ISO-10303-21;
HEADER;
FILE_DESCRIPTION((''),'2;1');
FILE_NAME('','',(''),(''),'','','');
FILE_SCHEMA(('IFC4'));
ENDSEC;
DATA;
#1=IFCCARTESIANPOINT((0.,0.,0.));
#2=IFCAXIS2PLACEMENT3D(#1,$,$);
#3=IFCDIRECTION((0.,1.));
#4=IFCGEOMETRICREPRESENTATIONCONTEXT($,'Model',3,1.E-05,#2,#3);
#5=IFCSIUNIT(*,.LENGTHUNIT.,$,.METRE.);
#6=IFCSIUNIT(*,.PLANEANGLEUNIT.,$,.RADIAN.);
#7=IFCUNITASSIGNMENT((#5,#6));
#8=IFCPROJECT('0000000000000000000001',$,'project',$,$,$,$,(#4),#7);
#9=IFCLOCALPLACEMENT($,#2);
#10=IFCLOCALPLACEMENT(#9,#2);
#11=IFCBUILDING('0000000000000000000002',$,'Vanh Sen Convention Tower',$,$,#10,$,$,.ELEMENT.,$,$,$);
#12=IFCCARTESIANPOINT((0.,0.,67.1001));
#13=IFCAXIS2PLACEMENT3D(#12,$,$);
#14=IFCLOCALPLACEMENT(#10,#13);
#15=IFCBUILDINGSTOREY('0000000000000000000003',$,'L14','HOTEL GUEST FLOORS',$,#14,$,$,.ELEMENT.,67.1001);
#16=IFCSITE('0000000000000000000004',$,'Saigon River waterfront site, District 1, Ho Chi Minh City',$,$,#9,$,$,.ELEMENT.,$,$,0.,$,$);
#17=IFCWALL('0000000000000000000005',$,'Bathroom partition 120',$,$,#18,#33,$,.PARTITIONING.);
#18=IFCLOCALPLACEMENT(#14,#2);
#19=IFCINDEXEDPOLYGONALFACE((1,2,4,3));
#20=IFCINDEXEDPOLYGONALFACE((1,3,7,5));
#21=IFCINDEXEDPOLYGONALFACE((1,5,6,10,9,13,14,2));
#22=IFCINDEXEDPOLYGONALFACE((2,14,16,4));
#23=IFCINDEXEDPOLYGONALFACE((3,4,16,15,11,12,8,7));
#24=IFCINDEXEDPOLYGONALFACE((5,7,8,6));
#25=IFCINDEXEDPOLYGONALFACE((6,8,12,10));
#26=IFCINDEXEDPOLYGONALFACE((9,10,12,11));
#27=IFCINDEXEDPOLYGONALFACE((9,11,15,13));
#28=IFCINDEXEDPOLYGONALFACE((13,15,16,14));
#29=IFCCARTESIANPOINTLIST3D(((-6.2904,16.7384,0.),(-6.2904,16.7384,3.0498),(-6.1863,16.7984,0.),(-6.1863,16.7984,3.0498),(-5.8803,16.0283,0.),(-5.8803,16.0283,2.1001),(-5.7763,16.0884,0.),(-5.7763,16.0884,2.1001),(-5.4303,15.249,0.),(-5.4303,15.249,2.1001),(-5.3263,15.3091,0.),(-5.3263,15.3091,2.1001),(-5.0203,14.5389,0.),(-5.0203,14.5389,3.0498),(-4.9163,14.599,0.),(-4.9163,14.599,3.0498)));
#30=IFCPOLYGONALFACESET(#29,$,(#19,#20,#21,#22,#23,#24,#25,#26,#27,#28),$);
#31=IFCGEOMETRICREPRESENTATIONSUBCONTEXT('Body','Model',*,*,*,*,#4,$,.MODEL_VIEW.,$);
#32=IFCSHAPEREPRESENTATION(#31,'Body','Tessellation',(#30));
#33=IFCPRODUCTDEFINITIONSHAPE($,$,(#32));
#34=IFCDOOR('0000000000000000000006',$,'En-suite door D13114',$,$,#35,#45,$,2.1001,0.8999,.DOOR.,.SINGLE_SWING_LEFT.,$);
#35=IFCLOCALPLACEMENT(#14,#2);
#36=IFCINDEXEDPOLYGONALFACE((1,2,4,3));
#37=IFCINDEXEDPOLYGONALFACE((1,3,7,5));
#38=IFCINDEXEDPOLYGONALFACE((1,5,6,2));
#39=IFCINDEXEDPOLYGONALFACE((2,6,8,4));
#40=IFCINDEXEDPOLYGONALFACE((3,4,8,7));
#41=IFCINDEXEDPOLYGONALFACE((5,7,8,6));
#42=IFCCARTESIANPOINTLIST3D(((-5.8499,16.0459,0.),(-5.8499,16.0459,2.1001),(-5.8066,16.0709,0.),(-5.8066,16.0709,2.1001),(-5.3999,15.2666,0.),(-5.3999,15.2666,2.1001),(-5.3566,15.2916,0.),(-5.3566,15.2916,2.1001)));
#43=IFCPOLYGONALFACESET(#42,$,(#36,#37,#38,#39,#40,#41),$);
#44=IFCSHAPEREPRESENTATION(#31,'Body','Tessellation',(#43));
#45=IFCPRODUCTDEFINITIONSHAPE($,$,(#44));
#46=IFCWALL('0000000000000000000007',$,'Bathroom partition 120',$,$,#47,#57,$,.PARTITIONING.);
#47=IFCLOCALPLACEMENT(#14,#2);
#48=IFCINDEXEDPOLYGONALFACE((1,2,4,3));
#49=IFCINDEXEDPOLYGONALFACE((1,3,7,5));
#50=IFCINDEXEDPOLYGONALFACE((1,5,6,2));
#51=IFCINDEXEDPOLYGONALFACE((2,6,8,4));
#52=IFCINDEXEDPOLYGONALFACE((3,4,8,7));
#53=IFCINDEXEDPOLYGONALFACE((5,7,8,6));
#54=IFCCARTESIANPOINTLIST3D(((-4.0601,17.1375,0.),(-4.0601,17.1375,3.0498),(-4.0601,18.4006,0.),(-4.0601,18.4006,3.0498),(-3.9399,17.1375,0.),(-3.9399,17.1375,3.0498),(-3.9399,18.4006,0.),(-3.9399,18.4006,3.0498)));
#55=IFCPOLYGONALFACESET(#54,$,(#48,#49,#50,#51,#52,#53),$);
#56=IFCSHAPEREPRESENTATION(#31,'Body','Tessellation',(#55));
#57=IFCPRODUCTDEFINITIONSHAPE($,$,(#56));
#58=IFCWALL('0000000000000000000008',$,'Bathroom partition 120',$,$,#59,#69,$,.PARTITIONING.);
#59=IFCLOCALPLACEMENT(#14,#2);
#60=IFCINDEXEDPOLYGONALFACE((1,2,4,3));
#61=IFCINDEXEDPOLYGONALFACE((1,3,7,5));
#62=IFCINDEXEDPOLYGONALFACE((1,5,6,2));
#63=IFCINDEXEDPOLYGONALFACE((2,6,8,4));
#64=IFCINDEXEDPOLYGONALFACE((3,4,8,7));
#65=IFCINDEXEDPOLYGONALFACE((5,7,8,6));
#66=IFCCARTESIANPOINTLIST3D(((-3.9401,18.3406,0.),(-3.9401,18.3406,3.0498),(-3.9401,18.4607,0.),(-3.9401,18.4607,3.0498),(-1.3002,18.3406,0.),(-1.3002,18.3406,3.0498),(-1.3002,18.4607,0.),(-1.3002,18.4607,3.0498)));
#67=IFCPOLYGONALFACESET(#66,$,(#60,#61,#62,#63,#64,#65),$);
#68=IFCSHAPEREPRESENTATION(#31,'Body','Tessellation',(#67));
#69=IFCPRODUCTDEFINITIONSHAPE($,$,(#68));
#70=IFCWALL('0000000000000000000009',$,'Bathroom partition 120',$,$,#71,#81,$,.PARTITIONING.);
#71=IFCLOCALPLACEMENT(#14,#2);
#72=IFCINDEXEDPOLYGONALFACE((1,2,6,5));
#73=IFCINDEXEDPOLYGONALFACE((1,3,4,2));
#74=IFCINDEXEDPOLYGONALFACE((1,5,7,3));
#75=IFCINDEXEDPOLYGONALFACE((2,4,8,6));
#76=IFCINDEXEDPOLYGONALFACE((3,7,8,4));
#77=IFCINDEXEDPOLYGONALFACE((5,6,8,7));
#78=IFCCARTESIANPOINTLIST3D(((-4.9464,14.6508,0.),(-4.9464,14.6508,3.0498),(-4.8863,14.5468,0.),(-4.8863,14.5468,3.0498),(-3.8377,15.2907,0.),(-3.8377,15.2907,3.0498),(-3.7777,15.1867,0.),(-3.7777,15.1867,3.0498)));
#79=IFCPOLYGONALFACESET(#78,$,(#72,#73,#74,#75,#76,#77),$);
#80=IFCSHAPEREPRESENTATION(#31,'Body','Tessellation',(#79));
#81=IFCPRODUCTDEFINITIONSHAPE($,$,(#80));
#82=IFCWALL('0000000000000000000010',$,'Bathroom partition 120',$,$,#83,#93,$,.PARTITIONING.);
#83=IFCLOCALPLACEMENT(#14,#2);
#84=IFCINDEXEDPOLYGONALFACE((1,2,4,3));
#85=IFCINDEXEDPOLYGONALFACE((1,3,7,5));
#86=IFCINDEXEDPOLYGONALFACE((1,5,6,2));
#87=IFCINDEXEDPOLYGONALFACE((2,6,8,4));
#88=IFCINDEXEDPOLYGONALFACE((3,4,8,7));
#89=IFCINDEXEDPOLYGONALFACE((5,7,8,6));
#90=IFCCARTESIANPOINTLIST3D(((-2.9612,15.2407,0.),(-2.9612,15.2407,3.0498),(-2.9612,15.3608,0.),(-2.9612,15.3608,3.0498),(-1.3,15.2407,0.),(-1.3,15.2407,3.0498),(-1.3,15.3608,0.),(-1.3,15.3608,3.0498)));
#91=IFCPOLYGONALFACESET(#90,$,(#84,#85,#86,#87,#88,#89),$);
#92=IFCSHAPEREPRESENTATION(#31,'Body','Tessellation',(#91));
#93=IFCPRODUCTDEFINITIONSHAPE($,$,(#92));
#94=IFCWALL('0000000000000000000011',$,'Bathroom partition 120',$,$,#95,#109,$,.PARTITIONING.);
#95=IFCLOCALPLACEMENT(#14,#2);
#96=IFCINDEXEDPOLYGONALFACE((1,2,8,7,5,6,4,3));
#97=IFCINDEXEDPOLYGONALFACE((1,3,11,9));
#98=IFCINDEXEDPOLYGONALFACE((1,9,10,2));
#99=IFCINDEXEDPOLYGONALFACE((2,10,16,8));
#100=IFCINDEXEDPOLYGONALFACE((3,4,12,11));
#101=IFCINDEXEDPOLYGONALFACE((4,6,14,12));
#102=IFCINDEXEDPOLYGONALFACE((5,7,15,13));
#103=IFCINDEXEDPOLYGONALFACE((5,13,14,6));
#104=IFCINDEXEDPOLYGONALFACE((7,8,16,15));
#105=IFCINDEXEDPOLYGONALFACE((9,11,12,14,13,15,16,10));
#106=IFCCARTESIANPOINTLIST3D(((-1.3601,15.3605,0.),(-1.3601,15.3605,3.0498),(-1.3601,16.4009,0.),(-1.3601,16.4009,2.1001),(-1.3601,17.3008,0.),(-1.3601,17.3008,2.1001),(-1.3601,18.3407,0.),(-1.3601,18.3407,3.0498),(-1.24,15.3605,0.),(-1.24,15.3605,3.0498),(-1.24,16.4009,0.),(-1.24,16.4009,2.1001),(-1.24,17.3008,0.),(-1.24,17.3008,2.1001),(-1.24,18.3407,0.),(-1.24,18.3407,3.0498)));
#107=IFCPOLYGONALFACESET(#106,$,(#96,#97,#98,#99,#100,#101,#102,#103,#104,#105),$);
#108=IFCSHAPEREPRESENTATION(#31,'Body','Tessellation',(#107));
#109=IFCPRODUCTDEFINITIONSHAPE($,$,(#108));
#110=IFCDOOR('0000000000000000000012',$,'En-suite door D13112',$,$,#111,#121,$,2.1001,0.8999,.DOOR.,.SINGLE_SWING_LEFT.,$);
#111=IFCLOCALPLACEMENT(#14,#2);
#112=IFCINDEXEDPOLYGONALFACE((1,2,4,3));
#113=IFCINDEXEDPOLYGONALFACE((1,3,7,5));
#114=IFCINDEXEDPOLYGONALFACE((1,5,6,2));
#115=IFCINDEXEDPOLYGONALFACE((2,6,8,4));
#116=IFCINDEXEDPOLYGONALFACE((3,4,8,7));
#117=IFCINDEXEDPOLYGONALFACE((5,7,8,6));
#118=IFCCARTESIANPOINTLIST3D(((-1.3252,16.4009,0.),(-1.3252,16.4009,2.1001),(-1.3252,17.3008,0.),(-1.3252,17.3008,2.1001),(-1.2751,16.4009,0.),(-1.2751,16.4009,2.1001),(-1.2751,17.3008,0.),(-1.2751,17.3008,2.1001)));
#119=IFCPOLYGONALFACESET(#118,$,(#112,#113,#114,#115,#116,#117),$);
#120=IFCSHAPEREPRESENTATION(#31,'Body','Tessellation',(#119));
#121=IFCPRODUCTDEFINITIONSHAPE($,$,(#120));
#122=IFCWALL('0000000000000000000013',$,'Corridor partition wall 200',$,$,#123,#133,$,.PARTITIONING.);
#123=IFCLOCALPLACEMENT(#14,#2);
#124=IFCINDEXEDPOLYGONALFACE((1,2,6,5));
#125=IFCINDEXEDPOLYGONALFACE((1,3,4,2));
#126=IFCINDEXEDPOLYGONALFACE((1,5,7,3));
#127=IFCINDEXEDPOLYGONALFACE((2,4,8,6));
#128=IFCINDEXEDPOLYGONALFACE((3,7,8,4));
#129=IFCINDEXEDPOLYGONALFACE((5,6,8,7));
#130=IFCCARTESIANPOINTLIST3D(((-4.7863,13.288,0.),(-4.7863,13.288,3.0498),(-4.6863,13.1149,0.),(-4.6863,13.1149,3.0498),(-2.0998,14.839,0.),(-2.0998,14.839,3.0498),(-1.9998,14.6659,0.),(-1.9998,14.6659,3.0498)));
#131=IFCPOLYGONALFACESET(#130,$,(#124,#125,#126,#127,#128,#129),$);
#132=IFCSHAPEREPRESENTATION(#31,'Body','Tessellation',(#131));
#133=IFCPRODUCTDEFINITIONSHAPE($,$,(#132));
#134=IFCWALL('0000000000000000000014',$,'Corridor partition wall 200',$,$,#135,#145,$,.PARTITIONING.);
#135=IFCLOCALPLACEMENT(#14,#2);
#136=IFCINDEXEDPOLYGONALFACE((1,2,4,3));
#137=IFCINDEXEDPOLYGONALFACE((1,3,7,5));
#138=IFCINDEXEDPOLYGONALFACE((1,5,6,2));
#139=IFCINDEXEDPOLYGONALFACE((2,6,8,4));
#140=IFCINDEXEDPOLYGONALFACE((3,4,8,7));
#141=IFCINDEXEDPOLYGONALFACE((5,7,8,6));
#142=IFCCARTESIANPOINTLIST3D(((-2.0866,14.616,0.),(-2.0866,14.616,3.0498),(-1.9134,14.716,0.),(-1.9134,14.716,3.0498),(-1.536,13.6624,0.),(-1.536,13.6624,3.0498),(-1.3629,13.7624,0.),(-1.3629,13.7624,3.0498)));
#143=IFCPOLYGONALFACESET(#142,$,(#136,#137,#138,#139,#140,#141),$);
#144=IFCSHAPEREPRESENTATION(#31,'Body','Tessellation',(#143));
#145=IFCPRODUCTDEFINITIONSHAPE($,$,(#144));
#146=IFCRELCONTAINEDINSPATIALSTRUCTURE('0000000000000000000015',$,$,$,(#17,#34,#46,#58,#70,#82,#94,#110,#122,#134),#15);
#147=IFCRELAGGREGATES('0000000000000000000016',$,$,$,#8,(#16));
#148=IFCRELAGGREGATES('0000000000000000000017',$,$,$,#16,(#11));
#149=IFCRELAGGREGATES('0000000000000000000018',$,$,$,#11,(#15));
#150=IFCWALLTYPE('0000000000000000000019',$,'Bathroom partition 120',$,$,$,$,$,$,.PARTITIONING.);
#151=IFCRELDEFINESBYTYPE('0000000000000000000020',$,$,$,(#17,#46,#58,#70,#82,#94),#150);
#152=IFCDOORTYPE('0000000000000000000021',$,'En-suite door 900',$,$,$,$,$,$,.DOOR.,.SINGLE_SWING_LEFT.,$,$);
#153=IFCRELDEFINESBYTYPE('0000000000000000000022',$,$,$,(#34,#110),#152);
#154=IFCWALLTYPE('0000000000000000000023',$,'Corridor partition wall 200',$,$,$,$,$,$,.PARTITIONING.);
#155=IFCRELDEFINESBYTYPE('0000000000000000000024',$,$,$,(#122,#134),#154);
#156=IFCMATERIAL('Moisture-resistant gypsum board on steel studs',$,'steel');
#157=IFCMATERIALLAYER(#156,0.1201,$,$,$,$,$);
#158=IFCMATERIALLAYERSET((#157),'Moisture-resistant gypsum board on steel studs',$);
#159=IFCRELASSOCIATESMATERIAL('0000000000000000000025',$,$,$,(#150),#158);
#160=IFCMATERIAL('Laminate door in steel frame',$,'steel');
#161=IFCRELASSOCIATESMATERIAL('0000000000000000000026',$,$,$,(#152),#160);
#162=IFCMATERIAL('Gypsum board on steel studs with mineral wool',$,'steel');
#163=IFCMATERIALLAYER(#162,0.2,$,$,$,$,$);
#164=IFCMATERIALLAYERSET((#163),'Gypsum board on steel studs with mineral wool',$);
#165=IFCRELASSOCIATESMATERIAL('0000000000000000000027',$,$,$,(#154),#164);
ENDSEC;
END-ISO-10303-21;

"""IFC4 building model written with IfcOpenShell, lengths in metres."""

from ifc_helpers import new_model, si_unit, direction, frame, frame_2d, origin, place, context, subcontext, project, spatial, rectangle, extrude, material, layer, layer_set, type_object, element, fill, save


model = new_model("IFC4")

# Units and contexts
model_context = context("Model", 3, precision=1e-05, world=origin(), true_north=direction((0.0, 1.0)))
body_context = subcontext(model_context, "Body", "Model", "MODEL_VIEW")
ifc_project = project(units=[si_unit("LENGTHUNIT", "METRE"), si_unit("PLANEANGLEUNIT", "RADIAN")], contexts=[model_context])

# Site, building, storey
site_placement = place(None, origin())
site = spatial("IfcSite", under=ifc_project, at=site_placement, Name="Saigon River waterfront site, District 1, Ho Chi Minh City", CompositionType="ELEMENT", RefElevation=0.0)
building_placement = place(site_placement, origin())
building = spatial("IfcBuilding", under=site, at=building_placement, Name="Vanh Sen Convention Tower", CompositionType="ELEMENT")
storey_placement = place(building_placement, frame((0.0, 0.0, 67.1001)))
storey = spatial("IfcBuildingStorey", under=building, at=storey_placement, Name="L14", Description="HOTEL GUEST FLOORS", CompositionType="ELEMENT", Elevation=67.1001)

# Shared definitions
ifc_material_1 = material(Name="Moisture-resistant gypsum board on steel studs", Category="steel")
ifc_layer_1 = layer(ifc_material_1, 0.1201)
ifc_layer_set_1 = layer_set([ifc_layer_1], Name="Moisture-resistant gypsum board on steel studs")
wall_type_1 = type_object("IfcWallType", Name="Bathroom partition 120", PredefinedType="PARTITIONING", material=ifc_layer_set_1)

# Wall, opening, door
wall_1_placement = place(storey_placement, frame((-4.9683, 14.5688, 0.0), z_axis=(0.0, 0.0, 1.0), x_axis=(-0.500047, 0.865998, 0.0)))
wall_1 = element("IfcWall", 1, at=wall_1_placement, inside=storey, type_object=wall_type_1, Name="Bathroom partition 120", PredefinedType="PARTITIONING", context=body_context, shape_type="SweptSolid", body=[
    extrude(rectangle(XDim=2.5398, YDim=0.1201, at=frame_2d((1.27, 0.0))), origin(), (0.0, 0.0, 1.0), 3.0498),
])
opening_1_placement = place(wall_1_placement, frame((0.8201, 0.0, 0.0)))
opening_1 = element("IfcOpeningElement", 2, at=opening_1_placement, cuts=wall_1, PredefinedType="OPENING", context=body_context, shape_type="SweptSolid", body=[
    extrude(rectangle(XDim=0.8999, YDim=2.1001, at=frame_2d((0.45, 1.05))), frame((0.0, 0.0701, 0.0), z_axis=(0.0, -1.0, 0.0), x_axis=(1.0, 0.0, 0.0)), (0.0, 0.0, 1.0), 0.1401),
])
ifc_material_2 = material(Name="Laminate door in steel frame", Category="steel")
door_type = type_object("IfcDoorType", Name="En-suite door 900", OperationType="SINGLE_SWING_LEFT", PredefinedType="DOOR", material=ifc_material_2)
door_1_placement = place(opening_1_placement, origin())
door_1 = element("IfcDoor", 3, at=door_1_placement, inside=storey, type_object=door_type, Name="En-suite door D13114", OperationType="SINGLE_SWING_LEFT", OverallHeight=2.1001, OverallWidth=0.8999, PredefinedType="DOOR", context=body_context, shape_type="SweptSolid", body=[
    extrude(rectangle(XDim=0.8999, YDim=2.1001, at=frame_2d((0.45, 1.05))), frame((0.0, 0.0249, 0.0), z_axis=(0.0, -1.0, 0.0), x_axis=(1.0, 0.0, 0.0)), (0.0, 0.0, 1.0), 0.05),
])
fill(opening_1, door_1)

# Walls
wall_2_placement = place(storey_placement, frame((-4.0, 17.1375, 0.0), z_axis=(0.0, 0.0, 1.0), x_axis=(0.0, 1.0, 0.0)))
element("IfcWall", 4, at=wall_2_placement, inside=storey, type_object=wall_type_1, Name="Bathroom partition 120", PredefinedType="PARTITIONING", context=body_context, shape_type="SweptSolid", body=[
    extrude(rectangle(XDim=1.2632, YDim=0.1201, at=frame_2d((0.6316, 0.0))), origin(), (0.0, 0.0, 1.0), 3.0498),
])
wall_3_placement = place(storey_placement, frame((-3.9399, 18.4006, 0.0), z_axis=(0.0, 0.0, 1.0), x_axis=(1.0, 0.0, 0.0)))
element("IfcWall", 5, at=wall_3_placement, inside=storey, type_object=wall_type_1, Name="Bathroom partition 120", PredefinedType="PARTITIONING", context=body_context, shape_type="SweptSolid", body=[
    extrude(rectangle(XDim=2.6399, YDim=0.1201, at=frame_2d((1.3198, 0.0))), origin(), (0.0, 0.0, 1.0), 3.0498),
])
wall_4_placement = place(storey_placement, frame((-3.8076, 15.2388, 0.0), z_axis=(0.0, 0.0, 1.0), x_axis=(-0.866087, -0.499893, 0.0)))
element("IfcWall", 6, at=wall_4_placement, inside=storey, type_object=wall_type_1, Name="Bathroom partition 120", PredefinedType="PARTITIONING", context=body_context, shape_type="SweptSolid", body=[
    extrude(rectangle(XDim=1.28, YDim=0.1201, at=frame_2d((0.6401, 0.0))), origin(), (0.0, 0.0, 1.0), 3.0498),
])
wall_5_placement = place(storey_placement, frame((-1.3, 15.3008, 0.0), z_axis=(0.0, 0.0, 1.0), x_axis=(-1.0, 0.0, 0.0)))
element("IfcWall", 7, at=wall_5_placement, inside=storey, type_object=wall_type_1, Name="Bathroom partition 120", PredefinedType="PARTITIONING", context=body_context, shape_type="SweptSolid", body=[
    extrude(rectangle(XDim=1.6611, YDim=0.1201, at=frame_2d((0.8306, 0.0))), origin(), (0.0, 0.0, 1.0), 3.0498),
])

# Wall, opening, door
wall_6_placement = place(storey_placement, frame((-1.3, 18.3408, 0.0), z_axis=(0.0, 0.0, 1.0), x_axis=(0.0, -1.0, 0.0)))
wall_6 = element("IfcWall", 8, at=wall_6_placement, inside=storey, type_object=wall_type_1, Name="Bathroom partition 120", PredefinedType="PARTITIONING", context=body_context, shape_type="SweptSolid", body=[
    extrude(rectangle(XDim=2.9802, YDim=0.1201, at=frame_2d((1.4902, 0.0))), origin(), (0.0, 0.0, 1.0), 3.0498),
])
opening_2_placement = place(wall_6_placement, frame((1.04, 0.0, 0.0)))
opening_2 = element("IfcOpeningElement", 9, at=opening_2_placement, cuts=wall_6, PredefinedType="OPENING", context=body_context, shape_type="SweptSolid", body=[
    extrude(rectangle(XDim=0.8999, YDim=2.1001, at=frame_2d((0.45, 1.05))), frame((0.0, 0.0701, 0.0), z_axis=(0.0, -1.0, 0.0), x_axis=(1.0, 0.0, 0.0)), (0.0, 0.0, 1.0), 0.1401),
])
door_2_placement = place(opening_2_placement, origin())
door_2 = element("IfcDoor", 10, at=door_2_placement, inside=storey, type_object=door_type, Name="En-suite door D13112", OperationType="SINGLE_SWING_LEFT", OverallHeight=2.1001, OverallWidth=0.8999, PredefinedType="DOOR", context=body_context, shape_type="SweptSolid", body=[
    extrude(rectangle(XDim=0.8999, YDim=2.1001, at=frame_2d((0.45, 1.05))), frame((0.0, 0.0249, 0.0), z_axis=(0.0, -1.0, 0.0), x_axis=(1.0, 0.0, 0.0)), (0.0, 0.0, 1.0), 0.05),
])
fill(opening_2, door_2)

# Walls
ifc_material_3 = material(Name="Gypsum board on steel studs with mineral wool", Category="steel")
ifc_layer_2 = layer(ifc_material_3, 0.2)
ifc_layer_set_2 = layer_set([ifc_layer_2], Name="Gypsum board on steel studs with mineral wool")
wall_type_2 = type_object("IfcWallType", Name="Corridor partition wall 200", PredefinedType="PARTITIONING", material=ifc_layer_set_2)
wall_7_placement = place(storey_placement, frame((-2.0498, 14.7524, 0.0), z_axis=(0.0, 0.0, 1.0), x_axis=(-0.866031, -0.49999, 0.0)))
element("IfcWall", 11, at=wall_7_placement, inside=storey, type_object=wall_type_2, Name="Corridor partition wall 200", PredefinedType="PARTITIONING", context=body_context, shape_type="SweptSolid", body=[
    extrude(rectangle(XDim=3.1021, YDim=0.2, at=frame_2d((1.551, 0.0))), origin(), (0.0, 0.0, 1.0), 3.0498),
])
wall_8_placement = place(storey_placement, frame((-1.4495, 13.7124, 0.0), z_axis=(0.0, 0.0, 1.0), x_axis=(-0.499978, 0.866038, 0.0)))
element("IfcWall", 12, at=wall_8_placement, inside=storey, type_object=wall_type_2, Name="Corridor partition wall 200", PredefinedType="PARTITIONING", context=body_context, shape_type="SweptSolid", body=[
    extrude(rectangle(XDim=1.1011, YDim=0.2, at=frame_2d((0.5505, 0.0))), origin(), (0.0, 0.0, 1.0), 3.0498),
])

save(model, "model.ifc")
